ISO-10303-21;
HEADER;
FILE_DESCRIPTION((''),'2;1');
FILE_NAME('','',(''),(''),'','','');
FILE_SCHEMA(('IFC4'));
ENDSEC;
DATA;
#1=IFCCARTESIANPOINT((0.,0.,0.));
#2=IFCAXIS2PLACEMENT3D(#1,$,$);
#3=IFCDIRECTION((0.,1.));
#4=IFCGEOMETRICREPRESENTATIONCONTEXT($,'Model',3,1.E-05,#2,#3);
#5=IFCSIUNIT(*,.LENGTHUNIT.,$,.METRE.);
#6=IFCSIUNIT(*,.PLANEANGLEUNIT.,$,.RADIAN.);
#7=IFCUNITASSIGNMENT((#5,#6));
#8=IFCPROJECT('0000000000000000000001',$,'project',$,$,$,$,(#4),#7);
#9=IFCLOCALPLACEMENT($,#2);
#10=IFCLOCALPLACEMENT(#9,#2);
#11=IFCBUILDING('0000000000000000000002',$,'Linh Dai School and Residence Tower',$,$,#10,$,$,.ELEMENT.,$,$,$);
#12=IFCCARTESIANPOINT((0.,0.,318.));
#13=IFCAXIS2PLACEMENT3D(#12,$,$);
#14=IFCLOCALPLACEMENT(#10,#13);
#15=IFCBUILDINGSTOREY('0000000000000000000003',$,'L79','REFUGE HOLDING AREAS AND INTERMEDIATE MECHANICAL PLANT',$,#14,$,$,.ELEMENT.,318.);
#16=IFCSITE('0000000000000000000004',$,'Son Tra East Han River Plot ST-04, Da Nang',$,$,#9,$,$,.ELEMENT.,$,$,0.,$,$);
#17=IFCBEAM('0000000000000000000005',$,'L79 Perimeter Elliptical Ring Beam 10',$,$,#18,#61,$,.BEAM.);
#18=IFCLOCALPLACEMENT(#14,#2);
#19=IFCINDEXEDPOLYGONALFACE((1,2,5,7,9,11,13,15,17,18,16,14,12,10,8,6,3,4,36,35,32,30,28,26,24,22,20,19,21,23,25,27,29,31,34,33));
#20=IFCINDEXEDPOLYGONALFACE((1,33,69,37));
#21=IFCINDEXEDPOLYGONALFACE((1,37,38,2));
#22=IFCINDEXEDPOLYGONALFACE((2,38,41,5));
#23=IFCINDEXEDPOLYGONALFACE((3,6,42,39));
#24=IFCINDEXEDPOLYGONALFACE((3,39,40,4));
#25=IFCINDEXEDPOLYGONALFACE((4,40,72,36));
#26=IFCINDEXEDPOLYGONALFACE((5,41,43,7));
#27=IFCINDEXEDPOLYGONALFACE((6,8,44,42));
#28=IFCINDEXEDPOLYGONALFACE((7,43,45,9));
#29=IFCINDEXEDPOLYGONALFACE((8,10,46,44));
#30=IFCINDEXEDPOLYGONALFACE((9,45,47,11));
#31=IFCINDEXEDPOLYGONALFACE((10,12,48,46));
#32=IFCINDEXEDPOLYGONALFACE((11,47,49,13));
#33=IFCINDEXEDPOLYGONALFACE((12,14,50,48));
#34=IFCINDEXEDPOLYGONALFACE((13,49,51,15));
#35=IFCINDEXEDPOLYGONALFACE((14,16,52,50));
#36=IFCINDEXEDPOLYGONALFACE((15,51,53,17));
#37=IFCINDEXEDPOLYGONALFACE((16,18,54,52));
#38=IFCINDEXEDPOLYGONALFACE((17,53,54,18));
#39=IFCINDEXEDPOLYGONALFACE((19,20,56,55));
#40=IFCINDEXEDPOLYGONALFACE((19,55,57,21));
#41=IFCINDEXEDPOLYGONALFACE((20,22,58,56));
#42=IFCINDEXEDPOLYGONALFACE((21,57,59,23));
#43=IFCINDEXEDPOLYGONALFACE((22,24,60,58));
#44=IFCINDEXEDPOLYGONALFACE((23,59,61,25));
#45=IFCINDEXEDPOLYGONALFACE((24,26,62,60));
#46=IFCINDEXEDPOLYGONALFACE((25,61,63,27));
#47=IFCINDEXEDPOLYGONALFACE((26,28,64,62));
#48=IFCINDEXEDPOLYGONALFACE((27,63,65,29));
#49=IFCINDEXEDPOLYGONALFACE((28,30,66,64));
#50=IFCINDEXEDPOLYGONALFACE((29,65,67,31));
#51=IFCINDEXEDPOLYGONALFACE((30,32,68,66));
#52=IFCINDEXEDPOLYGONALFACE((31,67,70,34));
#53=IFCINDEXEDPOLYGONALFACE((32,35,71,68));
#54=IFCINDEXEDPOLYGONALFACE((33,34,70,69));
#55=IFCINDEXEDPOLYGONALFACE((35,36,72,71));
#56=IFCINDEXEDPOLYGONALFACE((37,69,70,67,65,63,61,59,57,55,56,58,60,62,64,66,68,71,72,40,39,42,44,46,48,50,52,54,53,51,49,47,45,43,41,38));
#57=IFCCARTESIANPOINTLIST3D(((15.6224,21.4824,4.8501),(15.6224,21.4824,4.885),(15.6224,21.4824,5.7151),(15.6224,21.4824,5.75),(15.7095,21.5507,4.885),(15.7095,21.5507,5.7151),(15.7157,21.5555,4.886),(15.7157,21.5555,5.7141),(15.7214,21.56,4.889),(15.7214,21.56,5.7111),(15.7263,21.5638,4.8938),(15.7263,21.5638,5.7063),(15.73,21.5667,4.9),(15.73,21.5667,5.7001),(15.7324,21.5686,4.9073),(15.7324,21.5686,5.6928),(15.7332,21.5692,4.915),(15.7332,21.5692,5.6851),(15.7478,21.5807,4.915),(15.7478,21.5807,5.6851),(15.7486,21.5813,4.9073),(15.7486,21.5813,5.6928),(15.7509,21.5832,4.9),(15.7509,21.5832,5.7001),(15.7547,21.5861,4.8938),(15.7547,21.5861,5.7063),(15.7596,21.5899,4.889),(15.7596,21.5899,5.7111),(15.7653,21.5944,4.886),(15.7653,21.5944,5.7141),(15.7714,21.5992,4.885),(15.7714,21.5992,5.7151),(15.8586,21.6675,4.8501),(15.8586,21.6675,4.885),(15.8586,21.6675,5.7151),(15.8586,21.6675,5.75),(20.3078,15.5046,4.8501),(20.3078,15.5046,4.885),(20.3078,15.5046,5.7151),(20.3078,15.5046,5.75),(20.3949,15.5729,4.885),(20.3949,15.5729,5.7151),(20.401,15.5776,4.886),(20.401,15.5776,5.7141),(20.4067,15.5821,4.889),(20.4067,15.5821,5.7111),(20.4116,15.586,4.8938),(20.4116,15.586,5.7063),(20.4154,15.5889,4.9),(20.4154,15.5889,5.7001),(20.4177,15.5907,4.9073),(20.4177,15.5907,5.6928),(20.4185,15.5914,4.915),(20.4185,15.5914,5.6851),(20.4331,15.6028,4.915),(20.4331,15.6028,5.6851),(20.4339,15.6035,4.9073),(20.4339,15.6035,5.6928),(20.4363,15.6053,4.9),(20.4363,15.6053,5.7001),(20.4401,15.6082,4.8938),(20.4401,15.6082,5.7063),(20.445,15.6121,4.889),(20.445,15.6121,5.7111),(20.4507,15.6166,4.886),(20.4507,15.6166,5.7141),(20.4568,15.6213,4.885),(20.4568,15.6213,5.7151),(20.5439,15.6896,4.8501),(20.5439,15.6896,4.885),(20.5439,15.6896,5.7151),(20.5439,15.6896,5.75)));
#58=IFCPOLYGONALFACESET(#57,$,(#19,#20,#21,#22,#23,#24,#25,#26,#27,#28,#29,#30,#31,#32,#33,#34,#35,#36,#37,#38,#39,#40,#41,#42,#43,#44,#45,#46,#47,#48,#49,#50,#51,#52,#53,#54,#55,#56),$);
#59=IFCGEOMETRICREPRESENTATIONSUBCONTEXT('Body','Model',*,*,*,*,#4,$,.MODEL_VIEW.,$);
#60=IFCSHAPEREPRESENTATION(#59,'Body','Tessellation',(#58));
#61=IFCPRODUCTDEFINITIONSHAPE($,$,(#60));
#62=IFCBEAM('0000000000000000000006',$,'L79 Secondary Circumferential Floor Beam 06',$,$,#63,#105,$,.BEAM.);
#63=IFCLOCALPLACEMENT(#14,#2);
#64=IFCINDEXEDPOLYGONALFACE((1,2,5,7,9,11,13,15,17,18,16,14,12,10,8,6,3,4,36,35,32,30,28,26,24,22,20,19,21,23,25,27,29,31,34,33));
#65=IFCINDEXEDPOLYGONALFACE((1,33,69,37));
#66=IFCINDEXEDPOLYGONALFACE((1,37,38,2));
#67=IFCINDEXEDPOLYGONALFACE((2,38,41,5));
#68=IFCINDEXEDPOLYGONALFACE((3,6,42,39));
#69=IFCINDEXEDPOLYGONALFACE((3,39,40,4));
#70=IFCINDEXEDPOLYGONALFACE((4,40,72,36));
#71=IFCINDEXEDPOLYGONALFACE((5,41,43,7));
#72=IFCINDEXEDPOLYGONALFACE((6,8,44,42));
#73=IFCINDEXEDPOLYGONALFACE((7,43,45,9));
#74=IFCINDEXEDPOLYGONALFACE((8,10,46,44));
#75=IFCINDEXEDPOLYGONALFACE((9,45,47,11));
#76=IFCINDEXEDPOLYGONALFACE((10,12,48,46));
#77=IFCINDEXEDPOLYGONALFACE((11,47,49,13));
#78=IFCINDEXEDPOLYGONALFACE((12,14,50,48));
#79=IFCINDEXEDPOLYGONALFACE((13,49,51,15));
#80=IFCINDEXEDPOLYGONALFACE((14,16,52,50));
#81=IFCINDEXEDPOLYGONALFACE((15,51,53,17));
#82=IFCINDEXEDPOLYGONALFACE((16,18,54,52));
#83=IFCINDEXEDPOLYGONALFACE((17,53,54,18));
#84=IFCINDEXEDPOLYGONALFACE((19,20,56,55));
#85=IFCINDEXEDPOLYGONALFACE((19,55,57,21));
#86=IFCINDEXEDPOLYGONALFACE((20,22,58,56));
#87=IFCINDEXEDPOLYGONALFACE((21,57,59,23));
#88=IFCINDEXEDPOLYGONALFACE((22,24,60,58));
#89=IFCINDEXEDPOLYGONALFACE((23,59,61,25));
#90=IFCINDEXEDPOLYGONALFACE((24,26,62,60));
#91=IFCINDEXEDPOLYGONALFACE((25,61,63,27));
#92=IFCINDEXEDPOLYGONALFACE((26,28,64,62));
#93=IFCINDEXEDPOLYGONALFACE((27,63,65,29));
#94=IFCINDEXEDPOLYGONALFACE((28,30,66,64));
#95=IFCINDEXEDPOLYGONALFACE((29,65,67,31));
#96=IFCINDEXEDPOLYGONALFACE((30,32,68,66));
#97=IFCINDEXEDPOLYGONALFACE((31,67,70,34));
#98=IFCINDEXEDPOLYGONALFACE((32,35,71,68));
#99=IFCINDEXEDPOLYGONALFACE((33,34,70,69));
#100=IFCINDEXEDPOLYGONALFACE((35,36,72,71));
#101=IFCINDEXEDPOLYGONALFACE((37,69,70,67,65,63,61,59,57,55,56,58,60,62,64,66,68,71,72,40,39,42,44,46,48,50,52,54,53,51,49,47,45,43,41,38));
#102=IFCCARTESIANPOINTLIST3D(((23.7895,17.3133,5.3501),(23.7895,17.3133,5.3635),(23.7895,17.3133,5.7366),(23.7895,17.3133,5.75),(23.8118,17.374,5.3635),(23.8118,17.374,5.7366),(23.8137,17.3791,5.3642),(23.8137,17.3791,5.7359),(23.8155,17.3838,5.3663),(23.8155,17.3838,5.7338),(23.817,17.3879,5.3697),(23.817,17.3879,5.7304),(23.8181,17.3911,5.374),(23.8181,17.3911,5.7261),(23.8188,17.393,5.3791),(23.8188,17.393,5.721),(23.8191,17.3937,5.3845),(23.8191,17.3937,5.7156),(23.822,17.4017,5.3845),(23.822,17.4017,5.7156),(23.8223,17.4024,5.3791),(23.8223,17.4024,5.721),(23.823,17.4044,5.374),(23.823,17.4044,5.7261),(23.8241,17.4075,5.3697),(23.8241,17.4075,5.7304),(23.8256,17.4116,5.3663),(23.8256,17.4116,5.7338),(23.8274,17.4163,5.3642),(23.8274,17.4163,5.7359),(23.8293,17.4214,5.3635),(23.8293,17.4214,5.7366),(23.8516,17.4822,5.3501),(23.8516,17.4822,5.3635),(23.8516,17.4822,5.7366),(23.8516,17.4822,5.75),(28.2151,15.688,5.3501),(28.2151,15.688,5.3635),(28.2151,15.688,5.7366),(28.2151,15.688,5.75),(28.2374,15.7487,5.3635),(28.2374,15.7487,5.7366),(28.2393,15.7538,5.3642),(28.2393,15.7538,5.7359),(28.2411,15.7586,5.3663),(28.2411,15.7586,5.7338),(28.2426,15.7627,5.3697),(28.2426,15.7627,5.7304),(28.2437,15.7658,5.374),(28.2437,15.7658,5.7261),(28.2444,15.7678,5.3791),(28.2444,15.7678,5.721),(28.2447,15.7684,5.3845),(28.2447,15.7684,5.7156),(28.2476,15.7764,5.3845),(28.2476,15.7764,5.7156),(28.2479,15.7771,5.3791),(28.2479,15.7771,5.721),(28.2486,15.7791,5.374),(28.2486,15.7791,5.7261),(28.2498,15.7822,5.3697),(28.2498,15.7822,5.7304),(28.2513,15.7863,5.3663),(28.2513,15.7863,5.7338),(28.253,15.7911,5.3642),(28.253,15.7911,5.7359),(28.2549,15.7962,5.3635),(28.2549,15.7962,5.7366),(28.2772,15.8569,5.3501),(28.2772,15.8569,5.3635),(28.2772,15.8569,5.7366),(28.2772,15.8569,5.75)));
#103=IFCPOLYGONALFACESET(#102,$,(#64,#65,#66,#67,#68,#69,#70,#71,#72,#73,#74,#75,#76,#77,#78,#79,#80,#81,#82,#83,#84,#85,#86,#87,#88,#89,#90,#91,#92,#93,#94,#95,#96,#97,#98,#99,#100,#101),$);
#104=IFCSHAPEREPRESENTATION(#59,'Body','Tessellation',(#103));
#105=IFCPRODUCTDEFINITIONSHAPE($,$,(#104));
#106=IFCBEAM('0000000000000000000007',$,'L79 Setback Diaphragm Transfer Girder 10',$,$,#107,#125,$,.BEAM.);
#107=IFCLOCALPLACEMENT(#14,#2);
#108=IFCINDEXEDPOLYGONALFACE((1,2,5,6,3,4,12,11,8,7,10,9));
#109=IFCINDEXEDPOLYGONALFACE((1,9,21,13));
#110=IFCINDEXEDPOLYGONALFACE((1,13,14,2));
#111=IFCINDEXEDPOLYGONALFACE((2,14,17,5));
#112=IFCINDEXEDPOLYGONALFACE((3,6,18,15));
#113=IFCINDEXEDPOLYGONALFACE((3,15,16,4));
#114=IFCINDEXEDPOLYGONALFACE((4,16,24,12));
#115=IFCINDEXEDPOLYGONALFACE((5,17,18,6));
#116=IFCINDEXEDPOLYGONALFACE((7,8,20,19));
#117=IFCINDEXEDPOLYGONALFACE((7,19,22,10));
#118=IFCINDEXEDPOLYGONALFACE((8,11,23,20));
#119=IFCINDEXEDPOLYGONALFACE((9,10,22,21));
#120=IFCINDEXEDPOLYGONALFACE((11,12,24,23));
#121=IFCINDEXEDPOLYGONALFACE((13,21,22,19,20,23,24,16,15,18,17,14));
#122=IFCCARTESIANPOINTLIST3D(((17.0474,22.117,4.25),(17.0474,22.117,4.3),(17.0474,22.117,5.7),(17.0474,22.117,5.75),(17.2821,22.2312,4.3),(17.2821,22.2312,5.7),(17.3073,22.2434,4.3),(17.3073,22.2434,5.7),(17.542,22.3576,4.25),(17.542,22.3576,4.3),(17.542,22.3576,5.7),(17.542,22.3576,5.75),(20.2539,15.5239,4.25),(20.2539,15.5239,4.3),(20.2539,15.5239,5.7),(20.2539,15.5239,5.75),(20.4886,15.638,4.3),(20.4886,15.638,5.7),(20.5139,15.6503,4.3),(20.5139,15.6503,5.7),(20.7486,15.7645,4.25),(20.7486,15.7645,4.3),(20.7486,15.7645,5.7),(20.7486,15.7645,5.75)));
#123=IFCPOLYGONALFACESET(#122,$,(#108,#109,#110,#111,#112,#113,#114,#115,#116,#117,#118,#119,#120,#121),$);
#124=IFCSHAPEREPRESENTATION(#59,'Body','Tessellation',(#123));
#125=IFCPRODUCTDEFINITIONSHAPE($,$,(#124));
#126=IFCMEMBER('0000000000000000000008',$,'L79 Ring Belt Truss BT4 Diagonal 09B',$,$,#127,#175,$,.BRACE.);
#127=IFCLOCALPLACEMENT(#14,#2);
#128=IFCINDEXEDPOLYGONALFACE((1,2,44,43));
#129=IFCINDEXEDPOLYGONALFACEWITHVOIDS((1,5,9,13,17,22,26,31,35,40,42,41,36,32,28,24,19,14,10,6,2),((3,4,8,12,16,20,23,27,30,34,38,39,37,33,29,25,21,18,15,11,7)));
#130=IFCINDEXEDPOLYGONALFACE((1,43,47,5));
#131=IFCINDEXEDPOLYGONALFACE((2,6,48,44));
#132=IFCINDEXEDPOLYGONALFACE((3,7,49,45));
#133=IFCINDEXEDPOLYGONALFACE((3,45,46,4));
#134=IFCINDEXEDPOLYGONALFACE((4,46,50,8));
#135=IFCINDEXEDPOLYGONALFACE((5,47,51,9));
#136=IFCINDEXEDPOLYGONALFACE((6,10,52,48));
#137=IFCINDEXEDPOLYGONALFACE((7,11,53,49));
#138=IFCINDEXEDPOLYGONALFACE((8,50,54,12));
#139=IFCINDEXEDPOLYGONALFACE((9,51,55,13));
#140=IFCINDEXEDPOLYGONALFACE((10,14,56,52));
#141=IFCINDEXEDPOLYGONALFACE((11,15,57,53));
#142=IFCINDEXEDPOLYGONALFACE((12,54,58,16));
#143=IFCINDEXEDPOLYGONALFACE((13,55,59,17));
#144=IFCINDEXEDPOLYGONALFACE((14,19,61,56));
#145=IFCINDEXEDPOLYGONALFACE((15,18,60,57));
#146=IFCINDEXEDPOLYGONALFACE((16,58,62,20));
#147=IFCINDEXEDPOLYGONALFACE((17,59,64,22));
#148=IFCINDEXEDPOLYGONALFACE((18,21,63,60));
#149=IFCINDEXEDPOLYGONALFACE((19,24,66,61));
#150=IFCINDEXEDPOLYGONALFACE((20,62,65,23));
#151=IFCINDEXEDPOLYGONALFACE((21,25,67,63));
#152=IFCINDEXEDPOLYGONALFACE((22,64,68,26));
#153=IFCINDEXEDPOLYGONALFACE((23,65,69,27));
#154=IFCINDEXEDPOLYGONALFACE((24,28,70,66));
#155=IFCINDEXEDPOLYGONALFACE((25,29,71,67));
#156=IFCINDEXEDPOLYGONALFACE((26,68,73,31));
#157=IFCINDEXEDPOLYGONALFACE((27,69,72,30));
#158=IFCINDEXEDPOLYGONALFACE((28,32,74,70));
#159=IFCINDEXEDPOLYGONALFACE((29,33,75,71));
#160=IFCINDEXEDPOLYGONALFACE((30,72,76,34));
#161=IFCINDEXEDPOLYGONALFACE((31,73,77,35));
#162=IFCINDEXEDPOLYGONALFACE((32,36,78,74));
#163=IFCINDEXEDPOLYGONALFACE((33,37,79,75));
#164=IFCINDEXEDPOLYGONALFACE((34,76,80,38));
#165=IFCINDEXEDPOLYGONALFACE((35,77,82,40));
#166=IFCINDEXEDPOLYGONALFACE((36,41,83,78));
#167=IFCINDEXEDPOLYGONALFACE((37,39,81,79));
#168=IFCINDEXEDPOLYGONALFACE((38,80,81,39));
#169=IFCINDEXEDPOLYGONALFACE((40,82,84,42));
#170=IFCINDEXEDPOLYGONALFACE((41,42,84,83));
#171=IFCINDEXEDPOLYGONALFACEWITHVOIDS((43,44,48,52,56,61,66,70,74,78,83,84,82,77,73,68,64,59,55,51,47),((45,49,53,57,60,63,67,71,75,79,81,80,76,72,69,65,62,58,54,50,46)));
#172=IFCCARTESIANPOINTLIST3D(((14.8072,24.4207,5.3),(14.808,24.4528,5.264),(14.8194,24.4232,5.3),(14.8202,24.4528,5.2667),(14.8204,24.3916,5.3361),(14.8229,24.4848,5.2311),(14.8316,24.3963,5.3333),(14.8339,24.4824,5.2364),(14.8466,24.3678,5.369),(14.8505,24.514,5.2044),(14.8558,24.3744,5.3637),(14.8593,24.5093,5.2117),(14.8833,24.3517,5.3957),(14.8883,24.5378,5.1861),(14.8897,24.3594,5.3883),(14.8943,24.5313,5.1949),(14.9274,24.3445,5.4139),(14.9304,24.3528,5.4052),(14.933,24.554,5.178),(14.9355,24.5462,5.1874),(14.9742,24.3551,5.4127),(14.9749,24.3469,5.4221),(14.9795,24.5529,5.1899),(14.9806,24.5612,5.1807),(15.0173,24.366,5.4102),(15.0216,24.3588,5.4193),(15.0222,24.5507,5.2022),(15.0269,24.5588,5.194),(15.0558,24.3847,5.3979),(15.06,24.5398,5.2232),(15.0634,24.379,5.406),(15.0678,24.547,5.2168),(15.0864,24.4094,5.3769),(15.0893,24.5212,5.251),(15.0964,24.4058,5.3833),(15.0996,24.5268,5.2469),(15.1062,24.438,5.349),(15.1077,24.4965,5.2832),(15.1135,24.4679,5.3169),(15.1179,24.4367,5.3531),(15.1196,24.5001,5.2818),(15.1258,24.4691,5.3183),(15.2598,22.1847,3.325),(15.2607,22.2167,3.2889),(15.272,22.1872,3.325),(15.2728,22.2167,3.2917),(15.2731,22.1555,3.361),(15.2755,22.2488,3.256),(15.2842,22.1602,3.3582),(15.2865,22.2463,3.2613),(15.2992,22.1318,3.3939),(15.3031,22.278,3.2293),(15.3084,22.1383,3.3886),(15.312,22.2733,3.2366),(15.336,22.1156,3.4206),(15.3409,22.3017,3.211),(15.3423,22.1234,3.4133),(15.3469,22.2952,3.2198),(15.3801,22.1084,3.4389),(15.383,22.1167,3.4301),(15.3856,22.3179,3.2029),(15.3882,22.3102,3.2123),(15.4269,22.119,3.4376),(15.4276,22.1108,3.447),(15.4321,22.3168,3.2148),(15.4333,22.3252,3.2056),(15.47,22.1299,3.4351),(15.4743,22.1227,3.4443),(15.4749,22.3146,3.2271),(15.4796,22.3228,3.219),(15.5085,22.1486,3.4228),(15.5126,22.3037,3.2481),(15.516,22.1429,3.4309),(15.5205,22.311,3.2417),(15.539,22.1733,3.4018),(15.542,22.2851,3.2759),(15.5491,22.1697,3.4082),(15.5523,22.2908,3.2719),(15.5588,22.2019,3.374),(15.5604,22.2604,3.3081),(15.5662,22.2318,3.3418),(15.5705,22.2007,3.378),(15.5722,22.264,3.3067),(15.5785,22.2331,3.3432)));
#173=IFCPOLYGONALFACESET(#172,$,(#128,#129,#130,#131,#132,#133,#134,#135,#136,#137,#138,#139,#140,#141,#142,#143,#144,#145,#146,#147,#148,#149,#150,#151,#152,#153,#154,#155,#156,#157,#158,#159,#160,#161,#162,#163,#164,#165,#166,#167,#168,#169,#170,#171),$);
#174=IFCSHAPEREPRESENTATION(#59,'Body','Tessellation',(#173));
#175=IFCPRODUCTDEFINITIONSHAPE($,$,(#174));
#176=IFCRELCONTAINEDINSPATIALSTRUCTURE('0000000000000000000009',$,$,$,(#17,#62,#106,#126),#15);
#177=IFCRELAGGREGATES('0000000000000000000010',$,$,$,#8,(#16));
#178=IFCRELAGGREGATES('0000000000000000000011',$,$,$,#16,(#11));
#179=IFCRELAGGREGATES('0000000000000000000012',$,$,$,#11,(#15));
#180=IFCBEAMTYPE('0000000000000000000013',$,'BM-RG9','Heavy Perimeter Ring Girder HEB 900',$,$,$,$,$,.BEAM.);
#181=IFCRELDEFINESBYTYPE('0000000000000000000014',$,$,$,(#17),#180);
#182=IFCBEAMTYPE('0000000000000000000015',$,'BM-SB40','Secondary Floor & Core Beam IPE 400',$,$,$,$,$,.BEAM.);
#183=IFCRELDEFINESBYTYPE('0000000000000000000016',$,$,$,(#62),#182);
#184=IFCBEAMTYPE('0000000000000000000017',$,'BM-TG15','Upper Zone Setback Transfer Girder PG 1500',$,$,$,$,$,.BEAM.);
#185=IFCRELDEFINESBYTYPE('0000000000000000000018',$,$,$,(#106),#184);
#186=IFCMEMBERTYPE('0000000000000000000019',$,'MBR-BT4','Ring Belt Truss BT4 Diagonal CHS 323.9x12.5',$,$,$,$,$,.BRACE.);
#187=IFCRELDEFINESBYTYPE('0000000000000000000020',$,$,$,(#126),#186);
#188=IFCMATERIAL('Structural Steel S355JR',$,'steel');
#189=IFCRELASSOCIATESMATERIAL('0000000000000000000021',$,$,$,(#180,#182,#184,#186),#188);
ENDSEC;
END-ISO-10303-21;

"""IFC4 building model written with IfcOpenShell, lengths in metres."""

from ifc_helpers import new_model, si_unit, direction, frame, origin, origin_2d, place, context, subcontext, project, spatial, hollow_circle, i_section, extrude, material, material_profile, profile_set, type_object, element, save


model = new_model("IFC4")

# Units and contexts
model_context = context("Model", 3, precision=1e-05, world=origin(), true_north=direction((0.0, 1.0)))
body_context = subcontext(model_context, "Body", "Model", "MODEL_VIEW")
ifc_project = project(units=[si_unit("LENGTHUNIT", "METRE"), si_unit("PLANEANGLEUNIT", "RADIAN")], contexts=[model_context])

# Site, building, storey
site_placement = place(None, origin())
site = spatial("IfcSite", under=ifc_project, at=site_placement, Name="Son Tra East Han River Plot ST-04, Da Nang", CompositionType="ELEMENT", RefElevation=0.0)
building_placement = place(site_placement, origin())
building = spatial("IfcBuilding", under=site, at=building_placement, Name="Linh Dai School and Residence Tower", CompositionType="ELEMENT")
storey_placement = place(building_placement, frame((0.0, 0.0, 318.0)))
storey = spatial("IfcBuildingStorey", under=building, at=storey_placement, Name="L79", Description="REFUGE HOLDING AREAS AND INTERMEDIATE MECHANICAL PLANT", CompositionType="ELEMENT", Elevation=318.0)

# Shared definitions
ifc_material_1 = material(Name="Structural Steel S355JR", Category="steel")

# Beams
ifc_material_profile_1 = material_profile(ifc_material_1, i_section(OverallWidth=0.3, OverallDepth=0.8999, WebThickness=0.0186, FlangeThickness=0.0349, FilletRadius=0.03, at=origin_2d()), Name="HEB 900")
ifc_profile_set_1 = profile_set([ifc_material_profile_1], Name="Structural Steel S355JR")
beam_type_1 = type_object("IfcBeamType", Name="BM-RG9", Description="Heavy Perimeter Ring Girder HEB 900", PredefinedType="BEAM", material=ifc_profile_set_1)
beam_1_placement = place(storey_placement, frame((15.7405, 21.575, 5.3), z_axis=(0.616883, -0.787055, 0.0), x_axis=(0.787055, 0.616883, 0.0)))
element("IfcBeam", 1, at=beam_1_placement, inside=storey, type_object=beam_type_1, Name="L79 Perimeter Elliptical Ring Beam 10", PredefinedType="BEAM", context=body_context, shape_type="SweptSolid", body=[
    extrude(i_section(OverallWidth=0.3, OverallDepth=0.8999, WebThickness=0.0186, FlangeThickness=0.0349, FilletRadius=0.03, at=origin_2d()), origin(), (0.0, 0.0, 1.0), 7.5952),
])
ifc_material_profile_2 = material_profile(ifc_material_1, i_section(OverallWidth=0.1799, OverallDepth=0.3999, WebThickness=0.0085, FlangeThickness=0.0134, FilletRadius=0.021, at=origin_2d()), Name="IPE 400")
ifc_profile_set_2 = profile_set([ifc_material_profile_2], Name="Structural Steel S355JR")
beam_type_2 = type_object("IfcBeamType", Name="BM-SB40", Description="Secondary Floor & Core Beam IPE 400", PredefinedType="BEAM", material=ifc_profile_set_2)
beam_2_placement = place(storey_placement, frame((23.8206, 17.3977, 5.55), z_axis=(0.938702, -0.344731, 0.0), x_axis=(0.344731, 0.938702, 0.0)))
element("IfcBeam", 2, at=beam_2_placement, inside=storey, type_object=beam_type_2, Name="L79 Secondary Circumferential Floor Beam 06", PredefinedType="BEAM", context=body_context, shape_type="SweptSolid", body=[
    extrude(i_section(OverallWidth=0.1799, OverallDepth=0.3999, WebThickness=0.0085, FlangeThickness=0.0134, FilletRadius=0.021, at=origin_2d()), origin(), (0.0, 0.0, 1.0), 4.7146),
])
ifc_material_profile_3 = material_profile(ifc_material_1, i_section(OverallWidth=0.55, OverallDepth=1.5, WebThickness=0.0281, FlangeThickness=0.05, at=origin_2d()), Name="PG 1500x550x28x50")
ifc_profile_set_3 = profile_set([ifc_material_profile_3], Name="Structural Steel S355JR")
beam_type_3 = type_object("IfcBeamType", Name="BM-TG15", Description="Upper Zone Setback Transfer Girder PG 1500", PredefinedType="BEAM", material=ifc_profile_set_3)
beam_3_placement = place(storey_placement, frame((17.2947, 22.2373, 5.0), z_axis=(0.43737, -0.899282, 0.0), x_axis=(0.899282, 0.43737, 0.0)))
element("IfcBeam", 3, at=beam_3_placement, inside=storey, type_object=beam_type_3, Name="L79 Setback Diaphragm Transfer Girder 10", PredefinedType="BEAM", context=body_context, shape_type="SweptSolid", body=[
    extrude(i_section(OverallWidth=0.55, OverallDepth=1.5, WebThickness=0.0281, FlangeThickness=0.05, at=origin_2d()), origin(), (0.0, 0.0, 1.0), 7.3315),
])

# Member
ifc_material_profile_4 = material_profile(ifc_material_1, hollow_circle(Radius=0.1619, WallThickness=0.0125, at=origin_2d()), Name="CHS 323.9x12.5")
ifc_profile_set_4 = profile_set([ifc_material_profile_4], Name="Structural Steel S355JR")
member_type_1 = type_object("IfcMemberType", Name="MBR-BT4", Description="Ring Belt Truss BT4 Diagonal CHS 323.9x12.5", PredefinedType="BRACE", material=ifc_profile_set_4)
member_1_placement = place(storey_placement, frame((15.4185, 22.2168, 3.325), z_axis=(-0.149998, 0.741012, 0.654524), x_axis=(-0.980121, -0.1984, 0.0)))
element("IfcMember", 4, at=member_1_placement, inside=storey, type_object=member_type_1, Name="L79 Ring Belt Truss BT4 Diagonal 09B", PredefinedType="BRACE", context=body_context, shape_type="SweptSolid", body=[
    extrude(hollow_circle(Radius=0.1619, WallThickness=0.0125, at=origin_2d()), origin(), (0.0, 0.0, 1.0), 3.0176),
])

save(model, "model.ifc")
